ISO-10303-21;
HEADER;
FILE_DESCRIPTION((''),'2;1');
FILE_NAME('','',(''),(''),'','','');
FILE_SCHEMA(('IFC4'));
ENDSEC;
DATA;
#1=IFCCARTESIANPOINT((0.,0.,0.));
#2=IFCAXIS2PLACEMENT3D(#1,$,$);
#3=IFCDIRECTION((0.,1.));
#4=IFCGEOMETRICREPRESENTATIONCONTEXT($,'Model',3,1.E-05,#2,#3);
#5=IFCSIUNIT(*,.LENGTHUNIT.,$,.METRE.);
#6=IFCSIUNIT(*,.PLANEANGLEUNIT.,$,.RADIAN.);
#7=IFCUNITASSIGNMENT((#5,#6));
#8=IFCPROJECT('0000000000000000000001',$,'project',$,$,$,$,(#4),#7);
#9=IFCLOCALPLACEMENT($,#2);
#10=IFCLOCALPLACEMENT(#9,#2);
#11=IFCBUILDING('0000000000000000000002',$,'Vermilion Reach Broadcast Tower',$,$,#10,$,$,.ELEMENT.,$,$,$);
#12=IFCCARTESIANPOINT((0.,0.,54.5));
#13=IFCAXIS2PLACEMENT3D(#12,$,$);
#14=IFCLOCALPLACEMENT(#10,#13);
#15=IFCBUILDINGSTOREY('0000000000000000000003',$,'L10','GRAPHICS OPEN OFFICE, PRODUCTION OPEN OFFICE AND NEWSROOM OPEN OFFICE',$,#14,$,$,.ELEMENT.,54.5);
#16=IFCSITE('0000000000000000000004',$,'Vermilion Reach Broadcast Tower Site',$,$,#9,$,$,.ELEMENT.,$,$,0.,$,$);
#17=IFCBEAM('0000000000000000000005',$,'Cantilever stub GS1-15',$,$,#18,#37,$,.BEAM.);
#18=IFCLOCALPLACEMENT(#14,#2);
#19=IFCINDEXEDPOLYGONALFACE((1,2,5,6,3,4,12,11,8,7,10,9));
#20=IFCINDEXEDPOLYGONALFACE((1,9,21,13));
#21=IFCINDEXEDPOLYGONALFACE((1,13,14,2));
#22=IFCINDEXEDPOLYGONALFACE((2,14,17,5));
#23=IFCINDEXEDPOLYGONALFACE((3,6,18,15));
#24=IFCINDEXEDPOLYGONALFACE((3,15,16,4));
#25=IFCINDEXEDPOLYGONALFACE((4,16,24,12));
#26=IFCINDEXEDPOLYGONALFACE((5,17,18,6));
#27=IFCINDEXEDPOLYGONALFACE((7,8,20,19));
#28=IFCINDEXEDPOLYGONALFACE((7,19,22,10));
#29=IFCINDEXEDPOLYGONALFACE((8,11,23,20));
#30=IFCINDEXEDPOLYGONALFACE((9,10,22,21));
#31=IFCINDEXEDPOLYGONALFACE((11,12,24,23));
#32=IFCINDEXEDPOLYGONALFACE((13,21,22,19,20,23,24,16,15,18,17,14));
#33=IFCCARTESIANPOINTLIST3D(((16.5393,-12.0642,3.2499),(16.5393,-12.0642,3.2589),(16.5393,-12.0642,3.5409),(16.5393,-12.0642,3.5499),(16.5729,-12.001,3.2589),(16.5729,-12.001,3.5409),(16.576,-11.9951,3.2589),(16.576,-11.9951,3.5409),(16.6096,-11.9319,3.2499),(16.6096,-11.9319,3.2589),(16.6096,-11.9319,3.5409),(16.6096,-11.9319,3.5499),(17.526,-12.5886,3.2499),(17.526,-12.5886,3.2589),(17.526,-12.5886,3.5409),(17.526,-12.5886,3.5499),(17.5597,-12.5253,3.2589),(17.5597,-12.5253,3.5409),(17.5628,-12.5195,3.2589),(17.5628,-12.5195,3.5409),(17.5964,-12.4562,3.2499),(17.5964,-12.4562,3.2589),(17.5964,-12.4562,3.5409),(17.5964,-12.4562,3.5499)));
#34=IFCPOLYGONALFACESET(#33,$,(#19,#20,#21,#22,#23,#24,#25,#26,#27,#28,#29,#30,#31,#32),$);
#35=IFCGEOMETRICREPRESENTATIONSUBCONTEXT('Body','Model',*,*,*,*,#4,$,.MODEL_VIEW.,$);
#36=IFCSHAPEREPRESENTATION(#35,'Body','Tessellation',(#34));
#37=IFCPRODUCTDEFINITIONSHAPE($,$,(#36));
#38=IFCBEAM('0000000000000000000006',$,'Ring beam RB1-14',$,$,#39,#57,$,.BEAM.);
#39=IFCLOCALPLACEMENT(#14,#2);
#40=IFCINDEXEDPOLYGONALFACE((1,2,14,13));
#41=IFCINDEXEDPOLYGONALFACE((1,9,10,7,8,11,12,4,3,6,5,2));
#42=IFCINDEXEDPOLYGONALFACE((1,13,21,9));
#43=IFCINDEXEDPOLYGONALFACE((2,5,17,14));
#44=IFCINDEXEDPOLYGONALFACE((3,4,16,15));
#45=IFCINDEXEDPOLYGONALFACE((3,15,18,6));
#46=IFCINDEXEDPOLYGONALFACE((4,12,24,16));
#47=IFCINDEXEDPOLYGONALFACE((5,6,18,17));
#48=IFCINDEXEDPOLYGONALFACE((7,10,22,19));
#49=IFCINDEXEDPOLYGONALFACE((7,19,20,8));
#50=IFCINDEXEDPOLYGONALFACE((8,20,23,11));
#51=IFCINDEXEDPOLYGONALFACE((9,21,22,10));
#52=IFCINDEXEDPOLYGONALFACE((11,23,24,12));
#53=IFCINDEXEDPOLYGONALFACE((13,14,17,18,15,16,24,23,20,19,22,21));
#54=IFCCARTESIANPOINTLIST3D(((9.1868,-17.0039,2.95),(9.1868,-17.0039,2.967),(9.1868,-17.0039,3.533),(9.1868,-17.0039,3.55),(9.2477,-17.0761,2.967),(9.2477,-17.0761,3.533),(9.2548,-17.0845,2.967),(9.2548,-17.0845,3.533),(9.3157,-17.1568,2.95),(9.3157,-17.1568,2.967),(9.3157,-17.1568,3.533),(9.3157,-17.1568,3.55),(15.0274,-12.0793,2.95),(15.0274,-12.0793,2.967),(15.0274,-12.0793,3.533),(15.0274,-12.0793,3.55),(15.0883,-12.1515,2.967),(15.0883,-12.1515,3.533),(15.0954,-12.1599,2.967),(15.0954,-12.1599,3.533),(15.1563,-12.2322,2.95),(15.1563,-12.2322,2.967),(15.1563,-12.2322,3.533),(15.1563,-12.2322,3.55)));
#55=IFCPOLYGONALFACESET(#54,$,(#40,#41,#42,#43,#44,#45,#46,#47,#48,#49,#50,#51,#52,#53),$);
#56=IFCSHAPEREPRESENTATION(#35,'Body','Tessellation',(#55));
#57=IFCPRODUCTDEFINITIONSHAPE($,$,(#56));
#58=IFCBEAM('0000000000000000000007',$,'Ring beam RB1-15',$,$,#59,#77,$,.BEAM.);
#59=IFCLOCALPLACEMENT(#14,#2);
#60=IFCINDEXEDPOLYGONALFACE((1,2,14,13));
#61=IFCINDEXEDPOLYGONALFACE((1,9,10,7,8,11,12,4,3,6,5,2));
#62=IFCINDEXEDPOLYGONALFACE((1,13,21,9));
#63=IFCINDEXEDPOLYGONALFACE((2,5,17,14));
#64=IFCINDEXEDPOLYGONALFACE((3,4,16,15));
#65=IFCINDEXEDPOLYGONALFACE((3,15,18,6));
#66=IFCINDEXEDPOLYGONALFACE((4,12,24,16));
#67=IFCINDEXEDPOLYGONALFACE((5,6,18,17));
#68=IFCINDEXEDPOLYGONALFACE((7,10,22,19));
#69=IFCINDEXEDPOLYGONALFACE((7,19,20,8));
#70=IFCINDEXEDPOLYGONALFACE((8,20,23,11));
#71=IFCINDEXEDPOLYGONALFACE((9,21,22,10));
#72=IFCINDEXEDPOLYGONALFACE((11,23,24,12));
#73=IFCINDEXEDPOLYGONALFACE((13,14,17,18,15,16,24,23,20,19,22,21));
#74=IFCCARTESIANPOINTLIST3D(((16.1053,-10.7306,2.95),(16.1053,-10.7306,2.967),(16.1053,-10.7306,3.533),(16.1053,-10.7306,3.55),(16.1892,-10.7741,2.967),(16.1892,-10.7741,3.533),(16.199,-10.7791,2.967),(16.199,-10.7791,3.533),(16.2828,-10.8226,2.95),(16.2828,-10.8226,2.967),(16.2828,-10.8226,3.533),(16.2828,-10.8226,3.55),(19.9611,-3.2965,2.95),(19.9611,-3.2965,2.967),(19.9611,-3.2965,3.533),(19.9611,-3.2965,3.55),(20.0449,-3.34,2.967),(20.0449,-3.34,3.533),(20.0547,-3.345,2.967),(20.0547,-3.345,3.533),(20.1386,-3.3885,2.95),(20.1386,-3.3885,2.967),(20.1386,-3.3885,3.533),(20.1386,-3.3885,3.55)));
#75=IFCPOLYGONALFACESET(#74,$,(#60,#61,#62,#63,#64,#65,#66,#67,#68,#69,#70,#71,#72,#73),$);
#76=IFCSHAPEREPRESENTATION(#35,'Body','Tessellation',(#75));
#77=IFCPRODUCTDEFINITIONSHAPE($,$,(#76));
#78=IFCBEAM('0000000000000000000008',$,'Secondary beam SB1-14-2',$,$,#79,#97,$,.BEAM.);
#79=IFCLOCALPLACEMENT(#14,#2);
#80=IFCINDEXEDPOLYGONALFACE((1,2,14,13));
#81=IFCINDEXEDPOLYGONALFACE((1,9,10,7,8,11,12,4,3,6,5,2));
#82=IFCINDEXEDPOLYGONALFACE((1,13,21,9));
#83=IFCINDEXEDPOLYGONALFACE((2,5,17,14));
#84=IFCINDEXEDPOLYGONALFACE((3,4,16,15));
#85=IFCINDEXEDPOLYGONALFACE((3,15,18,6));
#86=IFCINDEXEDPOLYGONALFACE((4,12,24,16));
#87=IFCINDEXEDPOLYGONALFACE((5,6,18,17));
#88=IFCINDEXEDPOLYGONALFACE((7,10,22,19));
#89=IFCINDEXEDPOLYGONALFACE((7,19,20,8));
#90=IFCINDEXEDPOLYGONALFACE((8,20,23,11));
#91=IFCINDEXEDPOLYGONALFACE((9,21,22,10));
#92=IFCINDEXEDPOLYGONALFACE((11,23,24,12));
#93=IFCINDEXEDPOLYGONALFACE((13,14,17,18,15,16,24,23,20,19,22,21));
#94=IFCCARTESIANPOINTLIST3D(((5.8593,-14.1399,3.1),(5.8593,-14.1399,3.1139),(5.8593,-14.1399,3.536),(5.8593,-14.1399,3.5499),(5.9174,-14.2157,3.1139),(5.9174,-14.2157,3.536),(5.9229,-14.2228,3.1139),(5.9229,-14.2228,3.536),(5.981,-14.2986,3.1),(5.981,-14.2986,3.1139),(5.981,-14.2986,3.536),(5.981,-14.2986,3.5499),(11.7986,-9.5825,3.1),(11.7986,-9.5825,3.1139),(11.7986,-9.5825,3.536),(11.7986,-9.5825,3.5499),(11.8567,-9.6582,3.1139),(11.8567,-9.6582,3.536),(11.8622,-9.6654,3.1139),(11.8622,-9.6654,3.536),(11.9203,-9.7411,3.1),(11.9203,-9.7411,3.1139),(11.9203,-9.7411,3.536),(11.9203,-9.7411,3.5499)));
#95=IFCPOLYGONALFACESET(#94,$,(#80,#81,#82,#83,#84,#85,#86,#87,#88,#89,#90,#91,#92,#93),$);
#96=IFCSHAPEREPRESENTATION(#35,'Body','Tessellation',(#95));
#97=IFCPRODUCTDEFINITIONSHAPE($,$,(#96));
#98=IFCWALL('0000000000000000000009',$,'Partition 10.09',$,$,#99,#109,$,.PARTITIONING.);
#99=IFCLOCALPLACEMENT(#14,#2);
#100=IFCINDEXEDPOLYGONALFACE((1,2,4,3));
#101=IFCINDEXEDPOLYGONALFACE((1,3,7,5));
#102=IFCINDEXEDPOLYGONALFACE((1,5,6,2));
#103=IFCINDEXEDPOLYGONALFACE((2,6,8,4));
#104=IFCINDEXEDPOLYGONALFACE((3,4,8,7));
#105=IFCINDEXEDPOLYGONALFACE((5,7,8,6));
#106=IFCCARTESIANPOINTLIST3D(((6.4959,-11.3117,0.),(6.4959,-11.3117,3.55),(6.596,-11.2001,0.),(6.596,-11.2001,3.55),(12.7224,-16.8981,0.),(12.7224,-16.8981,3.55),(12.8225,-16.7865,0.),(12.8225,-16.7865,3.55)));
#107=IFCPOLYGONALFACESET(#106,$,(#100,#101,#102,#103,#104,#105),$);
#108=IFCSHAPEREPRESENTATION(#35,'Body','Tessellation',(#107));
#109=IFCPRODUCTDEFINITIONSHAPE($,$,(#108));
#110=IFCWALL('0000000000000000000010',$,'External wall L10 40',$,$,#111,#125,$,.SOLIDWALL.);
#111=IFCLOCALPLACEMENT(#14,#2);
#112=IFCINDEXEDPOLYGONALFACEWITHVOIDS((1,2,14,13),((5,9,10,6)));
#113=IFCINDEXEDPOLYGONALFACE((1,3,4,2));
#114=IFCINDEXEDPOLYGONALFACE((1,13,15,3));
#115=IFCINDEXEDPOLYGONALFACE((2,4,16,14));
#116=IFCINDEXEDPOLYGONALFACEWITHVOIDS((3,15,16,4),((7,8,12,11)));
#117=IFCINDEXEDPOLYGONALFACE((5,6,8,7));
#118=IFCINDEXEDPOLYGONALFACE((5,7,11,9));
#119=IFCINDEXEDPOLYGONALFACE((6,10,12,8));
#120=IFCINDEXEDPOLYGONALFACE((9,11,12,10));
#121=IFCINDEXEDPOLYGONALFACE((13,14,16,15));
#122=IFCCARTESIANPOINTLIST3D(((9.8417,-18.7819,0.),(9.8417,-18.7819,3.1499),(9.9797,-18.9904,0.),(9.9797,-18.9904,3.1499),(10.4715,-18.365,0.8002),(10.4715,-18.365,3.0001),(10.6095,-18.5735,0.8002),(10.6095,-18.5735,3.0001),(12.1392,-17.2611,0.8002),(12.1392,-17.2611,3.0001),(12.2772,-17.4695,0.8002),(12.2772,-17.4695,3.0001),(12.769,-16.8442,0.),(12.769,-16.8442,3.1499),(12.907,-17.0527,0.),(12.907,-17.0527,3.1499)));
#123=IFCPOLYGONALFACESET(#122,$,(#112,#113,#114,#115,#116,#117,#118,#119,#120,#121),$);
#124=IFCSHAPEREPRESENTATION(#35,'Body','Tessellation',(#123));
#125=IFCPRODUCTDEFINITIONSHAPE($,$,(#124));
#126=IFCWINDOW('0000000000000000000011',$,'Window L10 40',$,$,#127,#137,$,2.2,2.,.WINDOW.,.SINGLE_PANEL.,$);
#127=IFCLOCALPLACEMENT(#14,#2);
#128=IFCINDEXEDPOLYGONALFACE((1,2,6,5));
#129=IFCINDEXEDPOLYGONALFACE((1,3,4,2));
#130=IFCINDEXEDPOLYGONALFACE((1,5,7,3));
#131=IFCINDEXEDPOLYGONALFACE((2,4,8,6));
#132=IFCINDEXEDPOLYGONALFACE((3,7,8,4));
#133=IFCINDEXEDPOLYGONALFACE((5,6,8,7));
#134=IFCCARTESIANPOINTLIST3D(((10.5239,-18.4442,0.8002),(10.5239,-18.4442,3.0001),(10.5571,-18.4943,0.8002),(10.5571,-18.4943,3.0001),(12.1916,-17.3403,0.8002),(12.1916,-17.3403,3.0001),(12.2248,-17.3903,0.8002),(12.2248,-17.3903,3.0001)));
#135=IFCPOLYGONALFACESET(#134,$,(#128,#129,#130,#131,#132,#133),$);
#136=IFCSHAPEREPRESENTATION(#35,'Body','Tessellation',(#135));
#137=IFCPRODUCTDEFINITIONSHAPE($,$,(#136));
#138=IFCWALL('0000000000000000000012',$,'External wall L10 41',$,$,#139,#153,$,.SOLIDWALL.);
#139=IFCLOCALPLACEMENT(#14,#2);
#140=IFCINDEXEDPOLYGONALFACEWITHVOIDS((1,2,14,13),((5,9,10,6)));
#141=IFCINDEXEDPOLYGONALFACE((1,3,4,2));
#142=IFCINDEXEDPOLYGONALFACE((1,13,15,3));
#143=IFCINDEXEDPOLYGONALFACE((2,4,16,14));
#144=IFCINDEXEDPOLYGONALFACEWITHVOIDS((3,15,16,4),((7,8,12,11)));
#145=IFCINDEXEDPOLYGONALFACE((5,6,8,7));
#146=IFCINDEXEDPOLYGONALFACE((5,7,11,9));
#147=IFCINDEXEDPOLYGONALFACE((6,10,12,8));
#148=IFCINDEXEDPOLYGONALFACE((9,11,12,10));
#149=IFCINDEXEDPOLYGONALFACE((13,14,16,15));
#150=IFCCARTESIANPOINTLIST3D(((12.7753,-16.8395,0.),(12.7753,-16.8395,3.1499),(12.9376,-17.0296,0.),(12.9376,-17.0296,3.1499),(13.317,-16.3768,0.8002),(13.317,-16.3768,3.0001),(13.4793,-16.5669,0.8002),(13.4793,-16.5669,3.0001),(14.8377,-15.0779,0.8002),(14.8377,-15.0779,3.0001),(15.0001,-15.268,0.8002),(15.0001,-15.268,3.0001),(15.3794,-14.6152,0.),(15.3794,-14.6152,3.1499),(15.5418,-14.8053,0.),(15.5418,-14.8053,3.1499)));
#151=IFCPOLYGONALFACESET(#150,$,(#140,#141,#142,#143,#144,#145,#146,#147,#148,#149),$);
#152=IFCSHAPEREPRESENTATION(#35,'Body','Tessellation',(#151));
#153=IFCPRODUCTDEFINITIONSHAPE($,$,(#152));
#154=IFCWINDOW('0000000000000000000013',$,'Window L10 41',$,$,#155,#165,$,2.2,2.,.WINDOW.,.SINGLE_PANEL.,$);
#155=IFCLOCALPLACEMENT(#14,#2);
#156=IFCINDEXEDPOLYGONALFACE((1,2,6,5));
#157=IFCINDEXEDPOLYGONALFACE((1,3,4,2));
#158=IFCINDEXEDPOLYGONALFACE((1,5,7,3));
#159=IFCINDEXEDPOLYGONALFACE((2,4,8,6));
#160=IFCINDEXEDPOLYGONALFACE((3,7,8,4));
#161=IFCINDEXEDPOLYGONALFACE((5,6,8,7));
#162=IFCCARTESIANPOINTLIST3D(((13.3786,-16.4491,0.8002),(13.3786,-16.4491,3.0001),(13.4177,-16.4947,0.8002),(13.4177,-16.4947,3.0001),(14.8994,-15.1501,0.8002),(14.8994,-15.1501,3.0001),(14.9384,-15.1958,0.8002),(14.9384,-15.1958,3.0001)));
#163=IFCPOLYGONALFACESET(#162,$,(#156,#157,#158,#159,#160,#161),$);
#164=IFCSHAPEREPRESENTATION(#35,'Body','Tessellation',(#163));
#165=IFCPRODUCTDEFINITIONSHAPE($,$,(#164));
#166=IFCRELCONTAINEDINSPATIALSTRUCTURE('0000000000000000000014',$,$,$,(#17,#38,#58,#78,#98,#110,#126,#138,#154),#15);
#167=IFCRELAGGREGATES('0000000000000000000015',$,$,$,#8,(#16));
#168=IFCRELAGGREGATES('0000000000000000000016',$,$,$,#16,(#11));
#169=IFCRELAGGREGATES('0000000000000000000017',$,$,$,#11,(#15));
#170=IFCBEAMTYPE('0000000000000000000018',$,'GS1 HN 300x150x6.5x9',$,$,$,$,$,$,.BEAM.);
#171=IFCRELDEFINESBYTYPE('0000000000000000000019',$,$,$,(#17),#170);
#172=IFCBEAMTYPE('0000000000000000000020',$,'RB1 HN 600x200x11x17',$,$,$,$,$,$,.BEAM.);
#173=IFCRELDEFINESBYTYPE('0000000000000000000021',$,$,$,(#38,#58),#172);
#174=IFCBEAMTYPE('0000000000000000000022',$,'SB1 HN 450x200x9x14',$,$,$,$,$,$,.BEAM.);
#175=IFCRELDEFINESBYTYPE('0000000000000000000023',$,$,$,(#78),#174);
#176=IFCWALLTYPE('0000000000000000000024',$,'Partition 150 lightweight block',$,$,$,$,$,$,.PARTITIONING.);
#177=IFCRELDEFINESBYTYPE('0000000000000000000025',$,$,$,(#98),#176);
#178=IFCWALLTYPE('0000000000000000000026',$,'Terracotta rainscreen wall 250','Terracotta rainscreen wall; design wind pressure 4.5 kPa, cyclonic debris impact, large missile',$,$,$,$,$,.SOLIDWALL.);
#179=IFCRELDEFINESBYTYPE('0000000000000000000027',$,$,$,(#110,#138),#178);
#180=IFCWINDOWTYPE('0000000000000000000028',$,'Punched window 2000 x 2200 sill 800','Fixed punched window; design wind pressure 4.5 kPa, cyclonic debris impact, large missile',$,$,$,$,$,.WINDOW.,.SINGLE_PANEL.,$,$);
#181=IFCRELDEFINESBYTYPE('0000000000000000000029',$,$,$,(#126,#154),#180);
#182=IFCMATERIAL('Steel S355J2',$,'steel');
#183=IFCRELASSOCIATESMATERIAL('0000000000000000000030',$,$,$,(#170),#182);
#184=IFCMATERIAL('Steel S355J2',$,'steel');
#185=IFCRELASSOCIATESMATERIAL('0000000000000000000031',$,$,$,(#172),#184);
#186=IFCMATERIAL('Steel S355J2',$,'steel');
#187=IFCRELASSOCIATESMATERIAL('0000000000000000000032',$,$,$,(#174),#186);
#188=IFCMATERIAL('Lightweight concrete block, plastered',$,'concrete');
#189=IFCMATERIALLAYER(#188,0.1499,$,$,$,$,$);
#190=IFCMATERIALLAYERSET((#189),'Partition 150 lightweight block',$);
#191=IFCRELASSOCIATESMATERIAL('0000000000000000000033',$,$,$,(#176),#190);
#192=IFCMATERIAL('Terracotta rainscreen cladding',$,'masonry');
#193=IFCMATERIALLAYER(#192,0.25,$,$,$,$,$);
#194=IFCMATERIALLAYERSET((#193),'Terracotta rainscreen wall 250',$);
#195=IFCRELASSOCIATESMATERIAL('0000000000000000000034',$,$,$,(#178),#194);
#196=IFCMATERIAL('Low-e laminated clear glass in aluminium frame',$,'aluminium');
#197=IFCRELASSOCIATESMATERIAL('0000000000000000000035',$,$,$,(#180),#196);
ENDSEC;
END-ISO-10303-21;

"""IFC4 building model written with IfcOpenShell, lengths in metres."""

from ifc_helpers import new_model, si_unit, direction, frame, frame_2d, origin, origin_2d, place, context, subcontext, project, spatial, rectangle, i_section, extrude, material, layer, layer_set, material_profile, profile_set, type_object, element, fill, save


model = new_model("IFC4")

# Units and contexts
model_context = context("Model", 3, precision=1e-05, world=origin(), true_north=direction((0.0, 1.0)))
body_context = subcontext(model_context, "Body", "Model", "MODEL_VIEW")
ifc_project = project(units=[si_unit("LENGTHUNIT", "METRE"), si_unit("PLANEANGLEUNIT", "RADIAN")], contexts=[model_context])

# Site, building, storey
site_placement = place(None, origin())
site = spatial("IfcSite", under=ifc_project, at=site_placement, Name="Vermilion Reach Broadcast Tower Site", CompositionType="ELEMENT", RefElevation=0.0)
building_placement = place(site_placement, origin())
building = spatial("IfcBuilding", under=site, at=building_placement, Name="Vermilion Reach Broadcast Tower", CompositionType="ELEMENT")
storey_placement = place(building_placement, frame((0.0, 0.0, 54.5)))
storey = spatial("IfcBuildingStorey", under=building, at=storey_placement, Name="L10", Description="GRAPHICS OPEN OFFICE, PRODUCTION OPEN OFFICE AND NEWSROOM OPEN OFFICE", CompositionType="ELEMENT", Elevation=54.5)

# Beams
ifc_material_1 = material(Name="Steel S355J2", Category="steel")
ifc_material_profile_1 = material_profile(ifc_material_1, i_section(OverallWidth=0.1499, OverallDepth=0.3, WebThickness=0.0066, FlangeThickness=0.009, at=origin_2d()), Name="S355J2 HN 300x150x6.5x9")
ifc_profile_set_1 = profile_set([ifc_material_profile_1], Name="Steel S355J2")
beam_type_1 = type_object("IfcBeamType", Name="GS1 HN 300x150x6.5x9", PredefinedType="BEAM", material=ifc_profile_set_1)
beam_1_placement = place(storey_placement, frame((16.5745, -11.998, 3.3999), z_axis=(0.883053, -0.469272, 0.0), x_axis=(0.469272, 0.883053, 0.0)))
element("IfcBeam", 1, at=beam_1_placement, inside=storey, type_object=beam_type_1, Name="Cantilever stub GS1-15", PredefinedType="BEAM", context=body_context, shape_type="SweptSolid", body=[
    extrude(i_section(OverallWidth=0.1499, OverallDepth=0.3, WebThickness=0.0066, FlangeThickness=0.009, at=origin_2d()), origin(), (0.0, 0.0, 1.0), 1.1174),
])
ifc_material_2 = material(Name="Steel S355J2", Category="steel")
ifc_material_profile_2 = material_profile(ifc_material_2, i_section(OverallWidth=0.2, OverallDepth=0.6001, WebThickness=0.011, FlangeThickness=0.0171, at=origin_2d()), Name="S355J2 HN 600x200x11x17")
ifc_profile_set_2 = profile_set([ifc_material_profile_2], Name="Steel S355J2")
beam_type_2 = type_object("IfcBeamType", Name="RB1 HN 600x200x11x17", PredefinedType="BEAM", material=ifc_profile_set_2)
beam_2_placement = place(storey_placement, frame((9.2512, -17.0803, 3.25), z_axis=(0.764512, 0.644609, 0.0), x_axis=(-0.644609, 0.764512, 0.0)))
element("IfcBeam", 2, at=beam_2_placement, inside=storey, type_object=beam_type_2, Name="Ring beam RB1-14", PredefinedType="BEAM", context=body_context, shape_type="SweptSolid", body=[
    extrude(i_section(OverallWidth=0.2, OverallDepth=0.6001, WebThickness=0.011, FlangeThickness=0.0171, at=origin_2d()), origin(), (0.0, 0.0, 1.0), 7.6396),
])
beam_3_placement = place(storey_placement, frame((16.1941, -10.7766, 3.25), z_axis=(0.460412, 0.887706, 0.0), x_axis=(-0.887706, 0.460412, 0.0)))
element("IfcBeam", 3, at=beam_3_placement, inside=storey, type_object=beam_type_2, Name="Ring beam RB1-15", PredefinedType="BEAM", context=body_context, shape_type="SweptSolid", body=[
    extrude(i_section(OverallWidth=0.2, OverallDepth=0.6001, WebThickness=0.011, FlangeThickness=0.0171, at=origin_2d()), origin(), (0.0, 0.0, 1.0), 8.3745),
])
ifc_material_3 = material(Name="Steel S355J2", Category="steel")
ifc_material_profile_3 = material_profile(ifc_material_3, i_section(OverallWidth=0.2, OverallDepth=0.45, WebThickness=0.009, FlangeThickness=0.0139, at=origin_2d()), Name="S355J2 HN 450x200x9x14")
ifc_profile_set_3 = profile_set([ifc_material_profile_3], Name="Steel S355J2")
beam_type_3 = type_object("IfcBeamType", Name="SB1 HN 450x200x9x14", PredefinedType="BEAM", material=ifc_profile_set_3)
beam_4_placement = place(storey_placement, frame((5.9202, -14.2192, 3.325), z_axis=(0.79335, 0.608766, 0.0), x_axis=(-0.608766, 0.79335, 0.0)))
element("IfcBeam", 4, at=beam_4_placement, inside=storey, type_object=beam_type_3, Name="Secondary beam SB1-14-2", PredefinedType="BEAM", context=body_context, shape_type="SweptSolid", body=[
    extrude(i_section(OverallWidth=0.2, OverallDepth=0.45, WebThickness=0.009, FlangeThickness=0.0139, at=origin_2d()), origin(), (0.0, 0.0, 1.0), 7.4863),
])

# Wall
ifc_material_4 = material(Name="Lightweight concrete block, plastered", Category="concrete")
ifc_layer_1 = layer(ifc_material_4, 0.1499)
ifc_layer_set_1 = layer_set([ifc_layer_1], Name="Partition 150 lightweight block")
wall_type_1 = type_object("IfcWallType", Name="Partition 150 lightweight block", PredefinedType="PARTITIONING", material=ifc_layer_set_1)
wall_1_placement = place(storey_placement, frame((12.7725, -16.8423, 0.0), z_axis=(0.0, 0.0, 1.0), x_axis=(-0.744332, 0.667809, 0.0)))
element("IfcWall", 5, at=wall_1_placement, inside=storey, type_object=wall_type_1, Name="Partition 10.09", PredefinedType="PARTITIONING", context=body_context, shape_type="SweptSolid", body=[
    extrude(rectangle(XDim=8.3652, YDim=0.1499, at=frame_2d((4.1826, 0.0))), origin(), (0.0, 0.0, 1.0), 3.55),
])

# Shared definitions
ifc_material_5 = material(Name="Terracotta rainscreen cladding", Category="masonry")
ifc_layer_2 = layer(ifc_material_5, 0.25)
ifc_layer_set_2 = layer_set([ifc_layer_2], Name="Terracotta rainscreen wall 250")
wall_type_2 = type_object("IfcWallType", Name="Terracotta rainscreen wall 250", Description="Terracotta rainscreen wall; design wind pressure 4.5 kPa, cyclonic debris impact, large missile", PredefinedType="SOLIDWALL", material=ifc_layer_set_2)

# Walls, openings, windows
wall_2_placement = place(storey_placement, frame((9.9106, -18.8862, 0.0), z_axis=(0.0, 0.0, 1.0), x_axis=(0.833854, 0.551985, 0.0)))
wall_2 = element("IfcWall", 6, at=wall_2_placement, inside=storey, type_object=wall_type_2, Name="External wall L10 40", PredefinedType="SOLIDWALL", context=body_context, shape_type="SweptSolid", body=[
    extrude(rectangle(XDim=3.5105, YDim=0.25, at=frame_2d((1.7554, 0.0))), origin(), (0.0, 0.0, 1.0), 3.1499),
])
opening_1_placement = place(wall_2_placement, frame((0.7554, 0.0, 0.8)))
opening_1 = element("IfcOpeningElement", 7, at=opening_1_placement, cuts=wall_2, PredefinedType="OPENING", context=body_context, shape_type="SweptSolid", body=[
    extrude(rectangle(XDim=2.0, YDim=2.2, at=frame_2d((1.0, 1.1001))), frame((0.0, 0.135, 0.0), z_axis=(0.0, -1.0, 0.0), x_axis=(1.0, 0.0, 0.0)), (0.0, 0.0, 1.0), 0.27),
])
ifc_material_6 = material(Name="Low-e laminated clear glass in aluminium frame", Category="aluminium")
window_type = type_object("IfcWindowType", Name="Punched window 2000 x 2200 sill 800", Description="Fixed punched window; design wind pressure 4.5 kPa, cyclonic debris impact, large missile", PartitioningType="SINGLE_PANEL", PredefinedType="WINDOW", material=ifc_material_6)
window_1_placement = place(opening_1_placement, origin())
window_1 = element("IfcWindow", 8, at=window_1_placement, inside=storey, type_object=window_type, Name="Window L10 40", OverallHeight=2.2, OverallWidth=2.0, PartitioningType="SINGLE_PANEL", PredefinedType="WINDOW", context=body_context, shape_type="SweptSolid", body=[
    extrude(rectangle(XDim=2.0, YDim=2.2, at=frame_2d((1.0, 1.1001))), frame((0.0, 0.03, 0.0), z_axis=(0.0, -1.0, 0.0), x_axis=(1.0, 0.0, 0.0)), (0.0, 0.0, 1.0), 0.0601),
])
fill(opening_1, window_1)
wall_3_placement = place(storey_placement, frame((12.8564, -16.9346, 0.0), z_axis=(0.0, 0.0, 1.0), x_axis=(0.760388, 0.64947, 0.0)))
wall_3 = element("IfcWall", 9, at=wall_3_placement, inside=storey, type_object=wall_type_2, Name="External wall L10 41", PredefinedType="SOLIDWALL", context=body_context, shape_type="SweptSolid", body=[
    extrude(rectangle(XDim=3.4248, YDim=0.25, at=frame_2d((1.7124, 0.0))), origin(), (0.0, 0.0, 1.0), 3.1499),
])
opening_2_placement = place(wall_3_placement, frame((0.7124, 0.0, 0.8)))
opening_2 = element("IfcOpeningElement", 10, at=opening_2_placement, cuts=wall_3, PredefinedType="OPENING", context=body_context, shape_type="SweptSolid", body=[
    extrude(rectangle(XDim=2.0, YDim=2.2, at=frame_2d((1.0, 1.1001))), frame((0.0, 0.135, 0.0), z_axis=(0.0, -1.0, 0.0), x_axis=(1.0, 0.0, 0.0)), (0.0, 0.0, 1.0), 0.27),
])
window_2_placement = place(opening_2_placement, origin())
window_2 = element("IfcWindow", 11, at=window_2_placement, inside=storey, type_object=window_type, Name="Window L10 41", OverallHeight=2.2, OverallWidth=2.0, PartitioningType="SINGLE_PANEL", PredefinedType="WINDOW", context=body_context, shape_type="SweptSolid", body=[
    extrude(rectangle(XDim=2.0, YDim=2.2, at=frame_2d((1.0, 1.1001))), frame((0.0, 0.03, 0.0), z_axis=(0.0, -1.0, 0.0), x_axis=(1.0, 0.0, 0.0)), (0.0, 0.0, 1.0), 0.0601),
])
fill(opening_2, window_2)

save(model, "model.ifc")
